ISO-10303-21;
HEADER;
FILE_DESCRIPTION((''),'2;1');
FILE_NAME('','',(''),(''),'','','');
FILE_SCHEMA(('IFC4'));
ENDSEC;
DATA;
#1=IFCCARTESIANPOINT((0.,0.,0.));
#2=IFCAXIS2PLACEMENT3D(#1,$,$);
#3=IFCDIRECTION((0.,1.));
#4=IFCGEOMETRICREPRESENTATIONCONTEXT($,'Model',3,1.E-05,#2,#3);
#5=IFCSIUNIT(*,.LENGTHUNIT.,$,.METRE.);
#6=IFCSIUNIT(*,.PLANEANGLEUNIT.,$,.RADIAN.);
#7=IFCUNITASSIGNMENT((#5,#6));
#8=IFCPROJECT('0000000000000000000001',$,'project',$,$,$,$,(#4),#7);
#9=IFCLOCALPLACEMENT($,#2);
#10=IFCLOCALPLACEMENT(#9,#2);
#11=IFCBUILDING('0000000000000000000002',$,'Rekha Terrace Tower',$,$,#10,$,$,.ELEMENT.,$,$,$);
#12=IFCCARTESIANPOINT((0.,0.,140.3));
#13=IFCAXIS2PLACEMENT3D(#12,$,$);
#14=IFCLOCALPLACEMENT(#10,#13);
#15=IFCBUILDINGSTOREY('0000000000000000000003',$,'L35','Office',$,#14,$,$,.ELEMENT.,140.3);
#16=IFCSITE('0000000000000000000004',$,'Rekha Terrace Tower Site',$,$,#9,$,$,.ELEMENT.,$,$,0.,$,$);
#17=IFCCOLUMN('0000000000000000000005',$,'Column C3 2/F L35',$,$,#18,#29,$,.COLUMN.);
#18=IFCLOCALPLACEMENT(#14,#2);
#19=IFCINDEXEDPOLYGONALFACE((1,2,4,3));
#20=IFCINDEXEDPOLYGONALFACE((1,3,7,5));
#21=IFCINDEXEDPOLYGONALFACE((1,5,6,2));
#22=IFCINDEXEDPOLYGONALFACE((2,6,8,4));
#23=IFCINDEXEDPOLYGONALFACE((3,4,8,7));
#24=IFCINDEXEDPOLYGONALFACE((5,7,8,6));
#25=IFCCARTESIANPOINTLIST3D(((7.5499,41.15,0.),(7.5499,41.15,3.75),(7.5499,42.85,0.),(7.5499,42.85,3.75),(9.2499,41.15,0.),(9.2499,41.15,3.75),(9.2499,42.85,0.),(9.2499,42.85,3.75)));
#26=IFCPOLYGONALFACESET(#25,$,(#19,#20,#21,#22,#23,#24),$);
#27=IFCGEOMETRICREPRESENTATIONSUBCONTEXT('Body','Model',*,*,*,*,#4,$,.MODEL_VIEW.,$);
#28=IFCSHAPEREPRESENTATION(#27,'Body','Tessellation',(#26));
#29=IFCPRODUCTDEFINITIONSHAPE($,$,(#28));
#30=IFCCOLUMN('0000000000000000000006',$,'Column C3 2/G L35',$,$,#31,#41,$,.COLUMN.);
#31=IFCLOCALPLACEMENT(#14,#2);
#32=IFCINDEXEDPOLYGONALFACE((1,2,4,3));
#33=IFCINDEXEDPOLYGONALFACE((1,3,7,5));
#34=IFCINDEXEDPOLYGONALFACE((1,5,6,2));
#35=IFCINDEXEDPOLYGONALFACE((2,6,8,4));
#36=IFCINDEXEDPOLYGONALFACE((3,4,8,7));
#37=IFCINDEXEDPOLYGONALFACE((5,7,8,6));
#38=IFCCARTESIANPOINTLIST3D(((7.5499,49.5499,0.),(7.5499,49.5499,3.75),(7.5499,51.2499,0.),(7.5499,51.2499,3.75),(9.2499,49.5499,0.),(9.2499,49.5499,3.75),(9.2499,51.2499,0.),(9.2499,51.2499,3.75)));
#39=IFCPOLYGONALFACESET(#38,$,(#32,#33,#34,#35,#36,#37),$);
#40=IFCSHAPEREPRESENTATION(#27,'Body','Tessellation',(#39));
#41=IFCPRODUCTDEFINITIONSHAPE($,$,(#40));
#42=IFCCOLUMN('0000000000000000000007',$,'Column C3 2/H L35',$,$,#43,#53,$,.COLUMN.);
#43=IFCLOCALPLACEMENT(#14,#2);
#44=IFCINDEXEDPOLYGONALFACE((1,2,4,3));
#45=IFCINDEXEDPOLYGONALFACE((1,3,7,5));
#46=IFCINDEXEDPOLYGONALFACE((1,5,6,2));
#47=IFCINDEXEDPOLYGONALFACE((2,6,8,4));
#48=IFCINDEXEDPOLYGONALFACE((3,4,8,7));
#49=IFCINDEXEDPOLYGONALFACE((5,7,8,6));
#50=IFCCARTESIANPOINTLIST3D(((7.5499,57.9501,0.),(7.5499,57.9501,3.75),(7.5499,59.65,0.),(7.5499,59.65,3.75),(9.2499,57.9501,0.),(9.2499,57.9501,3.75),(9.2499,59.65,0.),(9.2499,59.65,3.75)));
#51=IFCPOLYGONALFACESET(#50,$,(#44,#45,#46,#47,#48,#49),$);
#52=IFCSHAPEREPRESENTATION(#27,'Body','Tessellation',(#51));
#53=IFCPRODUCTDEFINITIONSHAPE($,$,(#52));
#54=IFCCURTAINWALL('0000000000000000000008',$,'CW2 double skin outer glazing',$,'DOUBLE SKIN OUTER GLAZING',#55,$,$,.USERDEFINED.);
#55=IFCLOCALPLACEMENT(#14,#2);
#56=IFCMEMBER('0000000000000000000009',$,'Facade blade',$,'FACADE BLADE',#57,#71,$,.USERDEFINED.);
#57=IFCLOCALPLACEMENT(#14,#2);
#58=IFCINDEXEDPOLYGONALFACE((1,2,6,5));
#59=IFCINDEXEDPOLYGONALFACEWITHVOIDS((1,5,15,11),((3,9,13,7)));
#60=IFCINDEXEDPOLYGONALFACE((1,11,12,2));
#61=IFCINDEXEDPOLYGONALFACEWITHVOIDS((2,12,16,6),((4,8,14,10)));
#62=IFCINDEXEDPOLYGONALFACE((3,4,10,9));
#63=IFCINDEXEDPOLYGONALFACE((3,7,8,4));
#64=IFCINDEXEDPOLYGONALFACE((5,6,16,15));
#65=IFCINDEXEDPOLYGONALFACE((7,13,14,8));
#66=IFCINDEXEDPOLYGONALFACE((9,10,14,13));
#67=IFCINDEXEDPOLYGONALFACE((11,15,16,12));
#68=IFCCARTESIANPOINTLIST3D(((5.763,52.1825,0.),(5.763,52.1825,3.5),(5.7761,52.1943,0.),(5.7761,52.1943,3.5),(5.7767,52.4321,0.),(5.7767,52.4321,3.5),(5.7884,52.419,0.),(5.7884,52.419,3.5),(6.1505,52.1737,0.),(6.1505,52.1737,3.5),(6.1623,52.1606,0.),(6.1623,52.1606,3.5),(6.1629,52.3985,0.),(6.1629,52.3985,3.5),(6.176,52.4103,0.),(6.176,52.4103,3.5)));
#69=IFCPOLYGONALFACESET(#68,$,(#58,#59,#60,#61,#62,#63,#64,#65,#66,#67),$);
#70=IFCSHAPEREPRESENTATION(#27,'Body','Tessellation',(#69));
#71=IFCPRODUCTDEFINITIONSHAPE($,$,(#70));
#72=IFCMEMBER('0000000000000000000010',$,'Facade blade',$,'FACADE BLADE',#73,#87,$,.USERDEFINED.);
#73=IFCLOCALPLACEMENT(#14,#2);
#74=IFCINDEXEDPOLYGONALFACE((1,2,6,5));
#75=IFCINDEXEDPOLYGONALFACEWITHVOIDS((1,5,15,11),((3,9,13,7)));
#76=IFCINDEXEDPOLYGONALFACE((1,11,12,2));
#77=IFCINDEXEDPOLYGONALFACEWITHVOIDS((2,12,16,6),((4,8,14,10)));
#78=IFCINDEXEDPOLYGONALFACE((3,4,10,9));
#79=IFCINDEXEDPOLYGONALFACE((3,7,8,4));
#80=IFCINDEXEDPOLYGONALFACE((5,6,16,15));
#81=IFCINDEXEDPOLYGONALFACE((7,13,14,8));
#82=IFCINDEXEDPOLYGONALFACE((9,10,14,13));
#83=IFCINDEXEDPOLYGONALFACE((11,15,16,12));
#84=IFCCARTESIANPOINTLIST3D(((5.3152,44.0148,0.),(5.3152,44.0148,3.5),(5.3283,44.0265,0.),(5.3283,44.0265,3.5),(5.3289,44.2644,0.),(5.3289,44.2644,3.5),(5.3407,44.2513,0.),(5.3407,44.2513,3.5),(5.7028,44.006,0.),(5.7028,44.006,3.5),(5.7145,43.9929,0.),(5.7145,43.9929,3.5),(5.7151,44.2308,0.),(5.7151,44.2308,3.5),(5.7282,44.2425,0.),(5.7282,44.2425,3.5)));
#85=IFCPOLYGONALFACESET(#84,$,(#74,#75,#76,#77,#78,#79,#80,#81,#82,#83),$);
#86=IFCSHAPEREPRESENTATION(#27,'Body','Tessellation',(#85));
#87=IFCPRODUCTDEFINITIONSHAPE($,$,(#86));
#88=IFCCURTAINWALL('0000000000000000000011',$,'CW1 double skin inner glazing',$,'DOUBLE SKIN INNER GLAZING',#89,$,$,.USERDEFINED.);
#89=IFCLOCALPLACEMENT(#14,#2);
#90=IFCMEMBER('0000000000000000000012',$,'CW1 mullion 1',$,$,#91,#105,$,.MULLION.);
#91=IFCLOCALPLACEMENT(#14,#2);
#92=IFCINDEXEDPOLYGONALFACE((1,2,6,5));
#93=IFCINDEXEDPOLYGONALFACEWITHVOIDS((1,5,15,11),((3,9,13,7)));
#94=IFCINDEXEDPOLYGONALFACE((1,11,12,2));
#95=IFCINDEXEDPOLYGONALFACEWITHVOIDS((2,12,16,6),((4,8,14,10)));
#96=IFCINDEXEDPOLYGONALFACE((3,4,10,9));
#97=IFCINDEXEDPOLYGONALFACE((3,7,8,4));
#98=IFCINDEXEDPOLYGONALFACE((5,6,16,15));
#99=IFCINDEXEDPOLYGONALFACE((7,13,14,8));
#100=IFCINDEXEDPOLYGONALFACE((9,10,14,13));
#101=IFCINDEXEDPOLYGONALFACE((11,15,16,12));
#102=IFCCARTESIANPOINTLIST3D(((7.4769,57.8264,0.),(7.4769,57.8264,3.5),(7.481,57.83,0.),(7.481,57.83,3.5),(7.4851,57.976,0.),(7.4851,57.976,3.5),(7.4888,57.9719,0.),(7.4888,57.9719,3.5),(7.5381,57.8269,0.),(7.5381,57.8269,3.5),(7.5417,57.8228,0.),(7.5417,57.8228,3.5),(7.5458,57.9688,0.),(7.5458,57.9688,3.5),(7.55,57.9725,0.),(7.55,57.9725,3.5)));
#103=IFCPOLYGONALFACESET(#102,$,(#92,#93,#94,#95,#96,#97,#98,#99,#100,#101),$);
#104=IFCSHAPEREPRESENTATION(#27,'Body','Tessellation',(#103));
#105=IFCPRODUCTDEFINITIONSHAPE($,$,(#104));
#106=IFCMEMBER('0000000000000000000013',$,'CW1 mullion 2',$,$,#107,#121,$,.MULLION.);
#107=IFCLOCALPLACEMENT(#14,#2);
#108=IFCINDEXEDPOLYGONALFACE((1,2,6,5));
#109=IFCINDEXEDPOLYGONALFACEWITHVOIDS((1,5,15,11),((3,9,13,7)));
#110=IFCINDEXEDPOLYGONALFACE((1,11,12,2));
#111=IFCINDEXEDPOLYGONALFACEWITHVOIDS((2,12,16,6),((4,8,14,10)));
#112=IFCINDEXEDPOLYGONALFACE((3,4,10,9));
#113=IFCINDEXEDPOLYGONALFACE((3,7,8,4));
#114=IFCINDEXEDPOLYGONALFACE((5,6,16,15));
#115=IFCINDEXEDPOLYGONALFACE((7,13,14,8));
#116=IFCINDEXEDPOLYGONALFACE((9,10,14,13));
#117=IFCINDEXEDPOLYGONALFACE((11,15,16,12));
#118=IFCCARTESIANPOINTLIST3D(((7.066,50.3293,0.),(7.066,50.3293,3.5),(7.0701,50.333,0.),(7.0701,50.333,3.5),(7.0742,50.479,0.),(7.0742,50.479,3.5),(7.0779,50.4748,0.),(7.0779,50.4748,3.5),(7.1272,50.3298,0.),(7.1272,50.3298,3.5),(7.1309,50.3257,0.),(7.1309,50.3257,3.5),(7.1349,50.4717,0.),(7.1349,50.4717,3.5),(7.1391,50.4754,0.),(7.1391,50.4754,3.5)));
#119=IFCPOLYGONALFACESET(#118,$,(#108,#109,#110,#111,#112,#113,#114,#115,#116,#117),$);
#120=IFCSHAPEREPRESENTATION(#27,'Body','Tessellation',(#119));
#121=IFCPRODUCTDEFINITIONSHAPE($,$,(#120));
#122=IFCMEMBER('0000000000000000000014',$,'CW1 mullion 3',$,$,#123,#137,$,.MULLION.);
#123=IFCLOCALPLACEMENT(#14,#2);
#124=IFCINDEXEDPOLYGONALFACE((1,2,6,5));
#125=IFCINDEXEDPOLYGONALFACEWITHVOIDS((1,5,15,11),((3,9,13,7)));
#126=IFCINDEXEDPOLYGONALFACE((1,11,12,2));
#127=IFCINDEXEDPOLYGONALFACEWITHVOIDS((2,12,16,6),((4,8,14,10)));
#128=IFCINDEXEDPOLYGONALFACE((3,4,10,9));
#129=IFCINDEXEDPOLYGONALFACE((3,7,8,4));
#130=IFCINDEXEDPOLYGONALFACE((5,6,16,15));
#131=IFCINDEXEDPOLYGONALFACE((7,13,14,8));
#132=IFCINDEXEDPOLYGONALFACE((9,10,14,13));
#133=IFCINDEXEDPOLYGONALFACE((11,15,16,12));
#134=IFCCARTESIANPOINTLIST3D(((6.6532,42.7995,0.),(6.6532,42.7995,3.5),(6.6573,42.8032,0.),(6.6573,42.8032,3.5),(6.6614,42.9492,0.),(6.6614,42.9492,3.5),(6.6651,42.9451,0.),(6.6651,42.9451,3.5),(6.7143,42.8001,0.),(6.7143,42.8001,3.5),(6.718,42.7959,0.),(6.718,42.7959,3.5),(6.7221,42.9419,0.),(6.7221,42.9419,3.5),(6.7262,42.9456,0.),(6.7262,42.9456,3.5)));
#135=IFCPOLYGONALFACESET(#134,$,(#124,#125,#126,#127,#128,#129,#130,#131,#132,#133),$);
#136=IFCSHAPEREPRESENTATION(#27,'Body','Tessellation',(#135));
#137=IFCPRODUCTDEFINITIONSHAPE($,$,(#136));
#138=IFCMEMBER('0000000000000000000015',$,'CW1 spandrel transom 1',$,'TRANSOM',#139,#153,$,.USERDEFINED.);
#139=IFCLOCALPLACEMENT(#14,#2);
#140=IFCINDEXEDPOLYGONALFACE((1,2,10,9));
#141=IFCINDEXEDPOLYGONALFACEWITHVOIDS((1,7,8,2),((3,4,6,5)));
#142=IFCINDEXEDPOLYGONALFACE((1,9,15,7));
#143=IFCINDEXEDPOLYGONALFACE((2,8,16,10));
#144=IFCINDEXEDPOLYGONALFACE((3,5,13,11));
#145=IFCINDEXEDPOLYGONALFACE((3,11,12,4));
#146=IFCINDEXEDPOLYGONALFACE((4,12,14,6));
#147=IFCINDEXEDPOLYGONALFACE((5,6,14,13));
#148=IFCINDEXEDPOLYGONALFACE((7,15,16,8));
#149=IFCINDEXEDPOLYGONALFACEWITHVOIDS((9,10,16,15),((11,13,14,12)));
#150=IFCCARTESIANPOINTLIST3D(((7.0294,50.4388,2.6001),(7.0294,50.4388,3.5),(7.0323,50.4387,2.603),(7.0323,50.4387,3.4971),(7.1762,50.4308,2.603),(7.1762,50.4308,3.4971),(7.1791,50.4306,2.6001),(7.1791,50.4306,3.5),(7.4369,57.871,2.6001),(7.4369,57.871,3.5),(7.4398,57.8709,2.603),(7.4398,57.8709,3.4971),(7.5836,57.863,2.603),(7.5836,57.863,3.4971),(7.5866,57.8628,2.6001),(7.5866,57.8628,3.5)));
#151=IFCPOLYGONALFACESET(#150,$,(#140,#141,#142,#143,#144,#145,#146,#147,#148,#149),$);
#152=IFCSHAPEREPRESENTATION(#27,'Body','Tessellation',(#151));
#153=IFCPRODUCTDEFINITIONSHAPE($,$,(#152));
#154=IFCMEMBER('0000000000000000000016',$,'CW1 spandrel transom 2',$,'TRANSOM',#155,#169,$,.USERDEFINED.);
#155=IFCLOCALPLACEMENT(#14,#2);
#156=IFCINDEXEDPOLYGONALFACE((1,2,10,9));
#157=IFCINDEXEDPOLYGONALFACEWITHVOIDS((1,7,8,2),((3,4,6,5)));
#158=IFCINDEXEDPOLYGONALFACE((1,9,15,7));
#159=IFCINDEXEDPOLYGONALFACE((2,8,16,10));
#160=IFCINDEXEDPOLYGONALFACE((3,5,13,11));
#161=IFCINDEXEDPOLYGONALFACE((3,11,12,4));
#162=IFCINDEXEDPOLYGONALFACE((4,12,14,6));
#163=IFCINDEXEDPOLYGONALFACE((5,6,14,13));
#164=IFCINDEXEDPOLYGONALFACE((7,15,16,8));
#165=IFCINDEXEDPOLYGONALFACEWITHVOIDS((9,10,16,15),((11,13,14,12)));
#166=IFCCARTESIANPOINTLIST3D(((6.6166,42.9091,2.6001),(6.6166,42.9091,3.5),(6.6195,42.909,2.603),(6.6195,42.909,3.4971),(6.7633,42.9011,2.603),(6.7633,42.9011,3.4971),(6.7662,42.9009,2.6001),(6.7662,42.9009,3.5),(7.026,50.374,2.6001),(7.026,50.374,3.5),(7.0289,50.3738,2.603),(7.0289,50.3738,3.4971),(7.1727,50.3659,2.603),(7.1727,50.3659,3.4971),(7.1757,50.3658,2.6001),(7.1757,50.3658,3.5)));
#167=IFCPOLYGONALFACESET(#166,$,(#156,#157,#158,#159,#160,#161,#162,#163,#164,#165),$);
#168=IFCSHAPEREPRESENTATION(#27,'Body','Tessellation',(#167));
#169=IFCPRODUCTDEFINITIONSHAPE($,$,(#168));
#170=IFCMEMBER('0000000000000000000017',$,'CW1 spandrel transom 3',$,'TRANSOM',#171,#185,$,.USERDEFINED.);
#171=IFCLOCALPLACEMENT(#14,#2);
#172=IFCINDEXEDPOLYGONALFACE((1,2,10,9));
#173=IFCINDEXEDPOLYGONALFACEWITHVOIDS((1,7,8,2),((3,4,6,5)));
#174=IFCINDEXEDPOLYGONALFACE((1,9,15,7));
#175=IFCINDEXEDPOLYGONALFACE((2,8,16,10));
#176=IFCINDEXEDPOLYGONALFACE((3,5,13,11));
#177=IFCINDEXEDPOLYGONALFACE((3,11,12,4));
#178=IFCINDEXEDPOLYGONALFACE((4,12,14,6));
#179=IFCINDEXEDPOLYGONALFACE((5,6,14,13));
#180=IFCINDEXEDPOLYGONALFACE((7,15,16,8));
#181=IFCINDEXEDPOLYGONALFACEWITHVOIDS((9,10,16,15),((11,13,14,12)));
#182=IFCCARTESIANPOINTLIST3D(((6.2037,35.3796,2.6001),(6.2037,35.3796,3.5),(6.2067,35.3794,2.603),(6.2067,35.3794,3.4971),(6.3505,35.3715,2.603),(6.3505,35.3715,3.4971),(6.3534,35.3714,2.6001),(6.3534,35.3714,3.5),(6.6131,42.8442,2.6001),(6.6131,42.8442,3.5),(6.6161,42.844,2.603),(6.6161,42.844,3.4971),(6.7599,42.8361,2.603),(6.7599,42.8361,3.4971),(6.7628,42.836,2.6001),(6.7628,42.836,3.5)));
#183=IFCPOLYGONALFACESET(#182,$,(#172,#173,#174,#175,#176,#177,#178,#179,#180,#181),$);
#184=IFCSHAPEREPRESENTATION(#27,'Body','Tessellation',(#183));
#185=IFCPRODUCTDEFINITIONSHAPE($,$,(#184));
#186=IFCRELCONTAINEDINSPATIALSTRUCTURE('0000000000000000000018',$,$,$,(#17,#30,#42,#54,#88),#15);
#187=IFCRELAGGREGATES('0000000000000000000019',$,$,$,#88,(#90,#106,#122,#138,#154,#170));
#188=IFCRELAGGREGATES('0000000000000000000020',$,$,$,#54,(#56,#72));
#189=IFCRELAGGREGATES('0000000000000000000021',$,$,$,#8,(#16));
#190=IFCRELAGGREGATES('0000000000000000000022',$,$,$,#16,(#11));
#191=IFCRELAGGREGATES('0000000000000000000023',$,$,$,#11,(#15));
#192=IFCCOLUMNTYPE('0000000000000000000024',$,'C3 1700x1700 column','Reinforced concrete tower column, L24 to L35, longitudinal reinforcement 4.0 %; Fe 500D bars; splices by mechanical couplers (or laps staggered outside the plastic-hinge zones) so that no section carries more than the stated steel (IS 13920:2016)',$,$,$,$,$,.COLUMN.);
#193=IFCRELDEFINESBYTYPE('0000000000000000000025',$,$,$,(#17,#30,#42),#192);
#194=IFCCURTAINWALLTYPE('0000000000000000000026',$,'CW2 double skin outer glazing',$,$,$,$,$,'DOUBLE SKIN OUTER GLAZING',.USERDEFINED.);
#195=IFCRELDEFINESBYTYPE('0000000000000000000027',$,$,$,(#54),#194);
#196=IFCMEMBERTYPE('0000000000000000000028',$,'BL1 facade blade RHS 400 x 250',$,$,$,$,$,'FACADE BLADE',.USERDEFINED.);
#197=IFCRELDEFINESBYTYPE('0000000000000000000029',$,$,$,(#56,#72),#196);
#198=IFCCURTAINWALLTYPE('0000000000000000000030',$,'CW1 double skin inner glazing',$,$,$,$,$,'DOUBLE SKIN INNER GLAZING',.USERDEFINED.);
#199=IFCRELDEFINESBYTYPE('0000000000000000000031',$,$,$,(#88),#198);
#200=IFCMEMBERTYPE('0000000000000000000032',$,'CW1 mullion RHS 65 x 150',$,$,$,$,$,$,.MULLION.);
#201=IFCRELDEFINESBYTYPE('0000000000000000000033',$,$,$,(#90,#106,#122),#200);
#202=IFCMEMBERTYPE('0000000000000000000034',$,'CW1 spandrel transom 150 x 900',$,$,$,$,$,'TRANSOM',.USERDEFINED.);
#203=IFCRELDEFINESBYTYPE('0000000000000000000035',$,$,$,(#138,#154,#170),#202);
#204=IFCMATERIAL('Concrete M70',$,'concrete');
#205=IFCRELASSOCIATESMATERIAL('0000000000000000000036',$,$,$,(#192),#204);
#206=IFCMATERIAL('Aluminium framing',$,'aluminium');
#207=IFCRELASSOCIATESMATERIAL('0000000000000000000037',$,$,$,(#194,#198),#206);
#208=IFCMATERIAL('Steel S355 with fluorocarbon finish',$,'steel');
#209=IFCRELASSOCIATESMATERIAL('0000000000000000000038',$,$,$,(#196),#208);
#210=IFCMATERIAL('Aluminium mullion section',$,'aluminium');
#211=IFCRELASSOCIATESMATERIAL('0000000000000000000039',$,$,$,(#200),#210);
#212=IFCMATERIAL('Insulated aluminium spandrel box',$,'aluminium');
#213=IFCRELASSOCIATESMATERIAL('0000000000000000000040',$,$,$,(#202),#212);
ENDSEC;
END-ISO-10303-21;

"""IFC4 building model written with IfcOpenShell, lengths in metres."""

from ifc_helpers import new_model, si_unit, direction, frame, origin, origin_2d, place, context, subcontext, project, spatial, rectangle, hollow_rectangle, extrude, material, material_profile, profile_set, type_object, element, aggregate, save


model = new_model("IFC4")

# Units and contexts
model_context = context("Model", 3, precision=1e-05, world=origin(), true_north=direction((0.0, 1.0)))
body_context = subcontext(model_context, "Body", "Model", "MODEL_VIEW")
ifc_project = project(units=[si_unit("LENGTHUNIT", "METRE"), si_unit("PLANEANGLEUNIT", "RADIAN")], contexts=[model_context])

# Site, building, storey
site_placement = place(None, origin())
site = spatial("IfcSite", under=ifc_project, at=site_placement, Name="Rekha Terrace Tower Site", CompositionType="ELEMENT", RefElevation=0.0)
building_placement = place(site_placement, origin())
building = spatial("IfcBuilding", under=site, at=building_placement, Name="Rekha Terrace Tower", CompositionType="ELEMENT")
storey_placement = place(building_placement, frame((0.0, 0.0, 140.3)))
storey = spatial("IfcBuildingStorey", under=building, at=storey_placement, Name="L35", Description="Office", CompositionType="ELEMENT", Elevation=140.3)

# Columns
ifc_material_1 = material(Name="Concrete M70", Category="concrete")
ifc_material_profile_1 = material_profile(ifc_material_1, rectangle(XDim=1.7, YDim=1.7, at=origin_2d()), Name="RC 1700x1700")
ifc_profile_set_1 = profile_set([ifc_material_profile_1], Name="Concrete M70")
column_type = type_object("IfcColumnType", Name="C3 1700x1700 column", Description="Reinforced concrete tower column, L24 to L35, longitudinal reinforcement 4.0 %; Fe 500D bars; splices by mechanical couplers (or laps staggered outside the plastic-hinge zones) so that no section carries more than the stated steel (IS 13920:2016)", PredefinedType="COLUMN", material=ifc_profile_set_1)
for number, where, z_axis, x_axis, name in (
    (1, (8.3999, 42.0, 0.0), (0.0, 0.0, 1.0), (1.0, 0.0, 0.0), "Column C3 2/F L35"),
    (2, (8.3999, 50.3999, 0.0), (0.0, 0.0, 1.0), (1.0, 0.0, 0.0), "Column C3 2/G L35"),
    (3, (8.3999, 58.8, 0.0), (0.0, 0.0, 1.0), (1.0, 0.0, 0.0), "Column C3 2/H L35"),
):
    element("IfcColumn", number, at=place(storey_placement, frame(where, z_axis=z_axis, x_axis=x_axis)), inside=storey, type_object=column_type, Name=name, PredefinedType="COLUMN", context=body_context, shape_type="SweptSolid", body=[
        extrude(rectangle(XDim=1.7, YDim=1.7, at=origin_2d()), origin(), (0.0, 0.0, 1.0), 3.75),
    ])

# Curtain walls, members
ifc_material_2 = material(Name="Aluminium framing", Category="aluminium")
curtain_wall_type_1 = type_object("IfcCurtainWallType", Name="CW2 double skin outer glazing", ElementType="DOUBLE SKIN OUTER GLAZING", PredefinedType="USERDEFINED", material=ifc_material_2)
curtain_wall_1_placement = place(storey_placement, origin())
curtain_wall_1 = element("IfcCurtainWall", 4, at=curtain_wall_1_placement, inside=storey, type_object=curtain_wall_type_1, Name="CW2 double skin outer glazing", ObjectType="DOUBLE SKIN OUTER GLAZING", PredefinedType="USERDEFINED")
ifc_material_3 = material(Name="Steel S355 with fluorocarbon finish", Category="steel")
ifc_material_profile_2 = material_profile(ifc_material_3, hollow_rectangle(XDim=0.25, YDim=0.3999, WallThickness=0.0125, at=origin_2d()), Name="RHS400x250x12.5")
ifc_profile_set_2 = profile_set([ifc_material_profile_2], Name="Steel S355 with fluorocarbon finish")
member_type_1 = type_object("IfcMemberType", Name="BL1 facade blade RHS 400 x 250", ElementType="FACADE BLADE", PredefinedType="USERDEFINED", material=ifc_profile_set_2)
member_1_placement = place(storey_placement, frame((5.9695, 52.2964, 0.0), z_axis=(0.0, 0.0, 1.0), x_axis=(-0.054743, -0.9985, 0.0)))
member_1 = element("IfcMember", 5, at=member_1_placement, type_object=member_type_1, Name="Facade blade", ObjectType="FACADE BLADE", PredefinedType="USERDEFINED", context=body_context, shape_type="SweptSolid", body=[
    extrude(hollow_rectangle(XDim=0.25, YDim=0.3999, WallThickness=0.0125, at=origin_2d()), origin(), (0.0, 0.0, 1.0), 3.5),
])
member_2_placement = place(storey_placement, frame((5.5217, 44.1287, 0.0), z_axis=(0.0, 0.0, 1.0), x_axis=(-0.054743, -0.9985, 0.0)))
member_2 = element("IfcMember", 6, at=member_2_placement, type_object=member_type_1, Name="Facade blade", ObjectType="FACADE BLADE", PredefinedType="USERDEFINED", context=body_context, shape_type="SweptSolid", body=[
    extrude(hollow_rectangle(XDim=0.25, YDim=0.3999, WallThickness=0.0125, at=origin_2d()), origin(), (0.0, 0.0, 1.0), 3.5),
])
curtain_wall_type_2 = type_object("IfcCurtainWallType", Name="CW1 double skin inner glazing", ElementType="DOUBLE SKIN INNER GLAZING", PredefinedType="USERDEFINED", material=ifc_material_2)
curtain_wall_2_placement = place(storey_placement, origin())
curtain_wall_2 = element("IfcCurtainWall", 7, at=curtain_wall_2_placement, inside=storey, type_object=curtain_wall_type_2, Name="CW1 double skin inner glazing", ObjectType="DOUBLE SKIN INNER GLAZING", PredefinedType="USERDEFINED")
ifc_material_4 = material(Name="Aluminium mullion section", Category="aluminium")
ifc_material_profile_3 = material_profile(ifc_material_4, hollow_rectangle(XDim=0.0649, YDim=0.1499, WallThickness=0.0039, at=origin_2d()), Name="AL RHS 65x150")
ifc_profile_set_3 = profile_set([ifc_material_profile_3], Name="Aluminium mullion section")
member_type_2 = type_object("IfcMemberType", Name="CW1 mullion RHS 65 x 150", PredefinedType="MULLION", material=ifc_profile_set_3)
member_3_placement = place(storey_placement, frame((7.5134, 57.8994, 0.0), z_axis=(0.0, 0.0, 1.0), x_axis=(0.998501, -0.054742, 0.0)))
member_3 = element("IfcMember", 8, at=member_3_placement, type_object=member_type_2, Name="CW1 mullion 1", PredefinedType="MULLION", context=body_context, shape_type="SweptSolid", body=[
    extrude(hollow_rectangle(XDim=0.0649, YDim=0.1499, WallThickness=0.0039, at=origin_2d()), origin(), (0.0, 0.0, 1.0), 3.5),
])
member_4_placement = place(storey_placement, frame((7.1025, 50.4023, 0.0), z_axis=(0.0, 0.0, 1.0), x_axis=(0.998501, -0.054742, 0.0)))
member_4 = element("IfcMember", 9, at=member_4_placement, type_object=member_type_2, Name="CW1 mullion 2", PredefinedType="MULLION", context=body_context, shape_type="SweptSolid", body=[
    extrude(hollow_rectangle(XDim=0.0649, YDim=0.1499, WallThickness=0.0039, at=origin_2d()), origin(), (0.0, 0.0, 1.0), 3.5),
])
member_5_placement = place(storey_placement, frame((6.6897, 42.8726, 0.0), z_axis=(0.0, 0.0, 1.0), x_axis=(0.998501, -0.054742, 0.0)))
member_5 = element("IfcMember", 10, at=member_5_placement, type_object=member_type_2, Name="CW1 mullion 3", PredefinedType="MULLION", context=body_context, shape_type="SweptSolid", body=[
    extrude(hollow_rectangle(XDim=0.0649, YDim=0.1499, WallThickness=0.0039, at=origin_2d()), origin(), (0.0, 0.0, 1.0), 3.5),
])
ifc_material_5 = material(Name="Insulated aluminium spandrel box", Category="aluminium")
ifc_material_profile_4 = material_profile(ifc_material_5, hollow_rectangle(XDim=0.1499, YDim=0.8999, WallThickness=0.0029, at=origin_2d()), Name="AL SPANDREL BOX 150x900")
ifc_profile_set_4 = profile_set([ifc_material_profile_4], Name="Insulated aluminium spandrel box")
member_type_3 = type_object("IfcMemberType", Name="CW1 spandrel transom 150 x 900", ElementType="TRANSOM", PredefinedType="USERDEFINED", material=ifc_profile_set_4)
member_6_placement = place(storey_placement, frame((7.5117, 57.8669, 3.05), z_axis=(-0.054743, -0.9985, 0.0), x_axis=(0.9985, -0.054743, 0.0)))
member_6 = element("IfcMember", 11, at=member_6_placement, type_object=member_type_3, Name="CW1 spandrel transom 1", ObjectType="TRANSOM", PredefinedType="USERDEFINED", context=body_context, shape_type="SweptSolid", body=[
    extrude(hollow_rectangle(XDim=0.1499, YDim=0.8999, WallThickness=0.0029, at=origin_2d()), origin(), (0.0, 0.0, 1.0), 7.4434),
])
member_7_placement = place(storey_placement, frame((7.1008, 50.3699, 3.05), z_axis=(-0.054765, -0.998499, 0.0), x_axis=(0.998499, -0.054765, 0.0)))
member_7 = element("IfcMember", 12, at=member_7_placement, type_object=member_type_3, Name="CW1 spandrel transom 2", ObjectType="TRANSOM", PredefinedType="USERDEFINED", context=body_context, shape_type="SweptSolid", body=[
    extrude(hollow_rectangle(XDim=0.1499, YDim=0.8999, WallThickness=0.0029, at=origin_2d()), origin(), (0.0, 0.0, 1.0), 7.4761),
])
member_8_placement = place(storey_placement, frame((6.688, 42.8401, 3.05), z_axis=(-0.054766, -0.998499, 0.0), x_axis=(0.998499, -0.054766, 0.0)))
member_8 = element("IfcMember", 13, at=member_8_placement, type_object=member_type_3, Name="CW1 spandrel transom 3", ObjectType="TRANSOM", PredefinedType="USERDEFINED", context=body_context, shape_type="SweptSolid", body=[
    extrude(hollow_rectangle(XDim=0.1499, YDim=0.8999, WallThickness=0.0029, at=origin_2d()), origin(), (0.0, 0.0, 1.0), 7.4758),
])

aggregate(curtain_wall_2, [member_3, member_4, member_5, member_6, member_7, member_8])
aggregate(curtain_wall_1, [member_1, member_2])

save(model, "model.ifc")
